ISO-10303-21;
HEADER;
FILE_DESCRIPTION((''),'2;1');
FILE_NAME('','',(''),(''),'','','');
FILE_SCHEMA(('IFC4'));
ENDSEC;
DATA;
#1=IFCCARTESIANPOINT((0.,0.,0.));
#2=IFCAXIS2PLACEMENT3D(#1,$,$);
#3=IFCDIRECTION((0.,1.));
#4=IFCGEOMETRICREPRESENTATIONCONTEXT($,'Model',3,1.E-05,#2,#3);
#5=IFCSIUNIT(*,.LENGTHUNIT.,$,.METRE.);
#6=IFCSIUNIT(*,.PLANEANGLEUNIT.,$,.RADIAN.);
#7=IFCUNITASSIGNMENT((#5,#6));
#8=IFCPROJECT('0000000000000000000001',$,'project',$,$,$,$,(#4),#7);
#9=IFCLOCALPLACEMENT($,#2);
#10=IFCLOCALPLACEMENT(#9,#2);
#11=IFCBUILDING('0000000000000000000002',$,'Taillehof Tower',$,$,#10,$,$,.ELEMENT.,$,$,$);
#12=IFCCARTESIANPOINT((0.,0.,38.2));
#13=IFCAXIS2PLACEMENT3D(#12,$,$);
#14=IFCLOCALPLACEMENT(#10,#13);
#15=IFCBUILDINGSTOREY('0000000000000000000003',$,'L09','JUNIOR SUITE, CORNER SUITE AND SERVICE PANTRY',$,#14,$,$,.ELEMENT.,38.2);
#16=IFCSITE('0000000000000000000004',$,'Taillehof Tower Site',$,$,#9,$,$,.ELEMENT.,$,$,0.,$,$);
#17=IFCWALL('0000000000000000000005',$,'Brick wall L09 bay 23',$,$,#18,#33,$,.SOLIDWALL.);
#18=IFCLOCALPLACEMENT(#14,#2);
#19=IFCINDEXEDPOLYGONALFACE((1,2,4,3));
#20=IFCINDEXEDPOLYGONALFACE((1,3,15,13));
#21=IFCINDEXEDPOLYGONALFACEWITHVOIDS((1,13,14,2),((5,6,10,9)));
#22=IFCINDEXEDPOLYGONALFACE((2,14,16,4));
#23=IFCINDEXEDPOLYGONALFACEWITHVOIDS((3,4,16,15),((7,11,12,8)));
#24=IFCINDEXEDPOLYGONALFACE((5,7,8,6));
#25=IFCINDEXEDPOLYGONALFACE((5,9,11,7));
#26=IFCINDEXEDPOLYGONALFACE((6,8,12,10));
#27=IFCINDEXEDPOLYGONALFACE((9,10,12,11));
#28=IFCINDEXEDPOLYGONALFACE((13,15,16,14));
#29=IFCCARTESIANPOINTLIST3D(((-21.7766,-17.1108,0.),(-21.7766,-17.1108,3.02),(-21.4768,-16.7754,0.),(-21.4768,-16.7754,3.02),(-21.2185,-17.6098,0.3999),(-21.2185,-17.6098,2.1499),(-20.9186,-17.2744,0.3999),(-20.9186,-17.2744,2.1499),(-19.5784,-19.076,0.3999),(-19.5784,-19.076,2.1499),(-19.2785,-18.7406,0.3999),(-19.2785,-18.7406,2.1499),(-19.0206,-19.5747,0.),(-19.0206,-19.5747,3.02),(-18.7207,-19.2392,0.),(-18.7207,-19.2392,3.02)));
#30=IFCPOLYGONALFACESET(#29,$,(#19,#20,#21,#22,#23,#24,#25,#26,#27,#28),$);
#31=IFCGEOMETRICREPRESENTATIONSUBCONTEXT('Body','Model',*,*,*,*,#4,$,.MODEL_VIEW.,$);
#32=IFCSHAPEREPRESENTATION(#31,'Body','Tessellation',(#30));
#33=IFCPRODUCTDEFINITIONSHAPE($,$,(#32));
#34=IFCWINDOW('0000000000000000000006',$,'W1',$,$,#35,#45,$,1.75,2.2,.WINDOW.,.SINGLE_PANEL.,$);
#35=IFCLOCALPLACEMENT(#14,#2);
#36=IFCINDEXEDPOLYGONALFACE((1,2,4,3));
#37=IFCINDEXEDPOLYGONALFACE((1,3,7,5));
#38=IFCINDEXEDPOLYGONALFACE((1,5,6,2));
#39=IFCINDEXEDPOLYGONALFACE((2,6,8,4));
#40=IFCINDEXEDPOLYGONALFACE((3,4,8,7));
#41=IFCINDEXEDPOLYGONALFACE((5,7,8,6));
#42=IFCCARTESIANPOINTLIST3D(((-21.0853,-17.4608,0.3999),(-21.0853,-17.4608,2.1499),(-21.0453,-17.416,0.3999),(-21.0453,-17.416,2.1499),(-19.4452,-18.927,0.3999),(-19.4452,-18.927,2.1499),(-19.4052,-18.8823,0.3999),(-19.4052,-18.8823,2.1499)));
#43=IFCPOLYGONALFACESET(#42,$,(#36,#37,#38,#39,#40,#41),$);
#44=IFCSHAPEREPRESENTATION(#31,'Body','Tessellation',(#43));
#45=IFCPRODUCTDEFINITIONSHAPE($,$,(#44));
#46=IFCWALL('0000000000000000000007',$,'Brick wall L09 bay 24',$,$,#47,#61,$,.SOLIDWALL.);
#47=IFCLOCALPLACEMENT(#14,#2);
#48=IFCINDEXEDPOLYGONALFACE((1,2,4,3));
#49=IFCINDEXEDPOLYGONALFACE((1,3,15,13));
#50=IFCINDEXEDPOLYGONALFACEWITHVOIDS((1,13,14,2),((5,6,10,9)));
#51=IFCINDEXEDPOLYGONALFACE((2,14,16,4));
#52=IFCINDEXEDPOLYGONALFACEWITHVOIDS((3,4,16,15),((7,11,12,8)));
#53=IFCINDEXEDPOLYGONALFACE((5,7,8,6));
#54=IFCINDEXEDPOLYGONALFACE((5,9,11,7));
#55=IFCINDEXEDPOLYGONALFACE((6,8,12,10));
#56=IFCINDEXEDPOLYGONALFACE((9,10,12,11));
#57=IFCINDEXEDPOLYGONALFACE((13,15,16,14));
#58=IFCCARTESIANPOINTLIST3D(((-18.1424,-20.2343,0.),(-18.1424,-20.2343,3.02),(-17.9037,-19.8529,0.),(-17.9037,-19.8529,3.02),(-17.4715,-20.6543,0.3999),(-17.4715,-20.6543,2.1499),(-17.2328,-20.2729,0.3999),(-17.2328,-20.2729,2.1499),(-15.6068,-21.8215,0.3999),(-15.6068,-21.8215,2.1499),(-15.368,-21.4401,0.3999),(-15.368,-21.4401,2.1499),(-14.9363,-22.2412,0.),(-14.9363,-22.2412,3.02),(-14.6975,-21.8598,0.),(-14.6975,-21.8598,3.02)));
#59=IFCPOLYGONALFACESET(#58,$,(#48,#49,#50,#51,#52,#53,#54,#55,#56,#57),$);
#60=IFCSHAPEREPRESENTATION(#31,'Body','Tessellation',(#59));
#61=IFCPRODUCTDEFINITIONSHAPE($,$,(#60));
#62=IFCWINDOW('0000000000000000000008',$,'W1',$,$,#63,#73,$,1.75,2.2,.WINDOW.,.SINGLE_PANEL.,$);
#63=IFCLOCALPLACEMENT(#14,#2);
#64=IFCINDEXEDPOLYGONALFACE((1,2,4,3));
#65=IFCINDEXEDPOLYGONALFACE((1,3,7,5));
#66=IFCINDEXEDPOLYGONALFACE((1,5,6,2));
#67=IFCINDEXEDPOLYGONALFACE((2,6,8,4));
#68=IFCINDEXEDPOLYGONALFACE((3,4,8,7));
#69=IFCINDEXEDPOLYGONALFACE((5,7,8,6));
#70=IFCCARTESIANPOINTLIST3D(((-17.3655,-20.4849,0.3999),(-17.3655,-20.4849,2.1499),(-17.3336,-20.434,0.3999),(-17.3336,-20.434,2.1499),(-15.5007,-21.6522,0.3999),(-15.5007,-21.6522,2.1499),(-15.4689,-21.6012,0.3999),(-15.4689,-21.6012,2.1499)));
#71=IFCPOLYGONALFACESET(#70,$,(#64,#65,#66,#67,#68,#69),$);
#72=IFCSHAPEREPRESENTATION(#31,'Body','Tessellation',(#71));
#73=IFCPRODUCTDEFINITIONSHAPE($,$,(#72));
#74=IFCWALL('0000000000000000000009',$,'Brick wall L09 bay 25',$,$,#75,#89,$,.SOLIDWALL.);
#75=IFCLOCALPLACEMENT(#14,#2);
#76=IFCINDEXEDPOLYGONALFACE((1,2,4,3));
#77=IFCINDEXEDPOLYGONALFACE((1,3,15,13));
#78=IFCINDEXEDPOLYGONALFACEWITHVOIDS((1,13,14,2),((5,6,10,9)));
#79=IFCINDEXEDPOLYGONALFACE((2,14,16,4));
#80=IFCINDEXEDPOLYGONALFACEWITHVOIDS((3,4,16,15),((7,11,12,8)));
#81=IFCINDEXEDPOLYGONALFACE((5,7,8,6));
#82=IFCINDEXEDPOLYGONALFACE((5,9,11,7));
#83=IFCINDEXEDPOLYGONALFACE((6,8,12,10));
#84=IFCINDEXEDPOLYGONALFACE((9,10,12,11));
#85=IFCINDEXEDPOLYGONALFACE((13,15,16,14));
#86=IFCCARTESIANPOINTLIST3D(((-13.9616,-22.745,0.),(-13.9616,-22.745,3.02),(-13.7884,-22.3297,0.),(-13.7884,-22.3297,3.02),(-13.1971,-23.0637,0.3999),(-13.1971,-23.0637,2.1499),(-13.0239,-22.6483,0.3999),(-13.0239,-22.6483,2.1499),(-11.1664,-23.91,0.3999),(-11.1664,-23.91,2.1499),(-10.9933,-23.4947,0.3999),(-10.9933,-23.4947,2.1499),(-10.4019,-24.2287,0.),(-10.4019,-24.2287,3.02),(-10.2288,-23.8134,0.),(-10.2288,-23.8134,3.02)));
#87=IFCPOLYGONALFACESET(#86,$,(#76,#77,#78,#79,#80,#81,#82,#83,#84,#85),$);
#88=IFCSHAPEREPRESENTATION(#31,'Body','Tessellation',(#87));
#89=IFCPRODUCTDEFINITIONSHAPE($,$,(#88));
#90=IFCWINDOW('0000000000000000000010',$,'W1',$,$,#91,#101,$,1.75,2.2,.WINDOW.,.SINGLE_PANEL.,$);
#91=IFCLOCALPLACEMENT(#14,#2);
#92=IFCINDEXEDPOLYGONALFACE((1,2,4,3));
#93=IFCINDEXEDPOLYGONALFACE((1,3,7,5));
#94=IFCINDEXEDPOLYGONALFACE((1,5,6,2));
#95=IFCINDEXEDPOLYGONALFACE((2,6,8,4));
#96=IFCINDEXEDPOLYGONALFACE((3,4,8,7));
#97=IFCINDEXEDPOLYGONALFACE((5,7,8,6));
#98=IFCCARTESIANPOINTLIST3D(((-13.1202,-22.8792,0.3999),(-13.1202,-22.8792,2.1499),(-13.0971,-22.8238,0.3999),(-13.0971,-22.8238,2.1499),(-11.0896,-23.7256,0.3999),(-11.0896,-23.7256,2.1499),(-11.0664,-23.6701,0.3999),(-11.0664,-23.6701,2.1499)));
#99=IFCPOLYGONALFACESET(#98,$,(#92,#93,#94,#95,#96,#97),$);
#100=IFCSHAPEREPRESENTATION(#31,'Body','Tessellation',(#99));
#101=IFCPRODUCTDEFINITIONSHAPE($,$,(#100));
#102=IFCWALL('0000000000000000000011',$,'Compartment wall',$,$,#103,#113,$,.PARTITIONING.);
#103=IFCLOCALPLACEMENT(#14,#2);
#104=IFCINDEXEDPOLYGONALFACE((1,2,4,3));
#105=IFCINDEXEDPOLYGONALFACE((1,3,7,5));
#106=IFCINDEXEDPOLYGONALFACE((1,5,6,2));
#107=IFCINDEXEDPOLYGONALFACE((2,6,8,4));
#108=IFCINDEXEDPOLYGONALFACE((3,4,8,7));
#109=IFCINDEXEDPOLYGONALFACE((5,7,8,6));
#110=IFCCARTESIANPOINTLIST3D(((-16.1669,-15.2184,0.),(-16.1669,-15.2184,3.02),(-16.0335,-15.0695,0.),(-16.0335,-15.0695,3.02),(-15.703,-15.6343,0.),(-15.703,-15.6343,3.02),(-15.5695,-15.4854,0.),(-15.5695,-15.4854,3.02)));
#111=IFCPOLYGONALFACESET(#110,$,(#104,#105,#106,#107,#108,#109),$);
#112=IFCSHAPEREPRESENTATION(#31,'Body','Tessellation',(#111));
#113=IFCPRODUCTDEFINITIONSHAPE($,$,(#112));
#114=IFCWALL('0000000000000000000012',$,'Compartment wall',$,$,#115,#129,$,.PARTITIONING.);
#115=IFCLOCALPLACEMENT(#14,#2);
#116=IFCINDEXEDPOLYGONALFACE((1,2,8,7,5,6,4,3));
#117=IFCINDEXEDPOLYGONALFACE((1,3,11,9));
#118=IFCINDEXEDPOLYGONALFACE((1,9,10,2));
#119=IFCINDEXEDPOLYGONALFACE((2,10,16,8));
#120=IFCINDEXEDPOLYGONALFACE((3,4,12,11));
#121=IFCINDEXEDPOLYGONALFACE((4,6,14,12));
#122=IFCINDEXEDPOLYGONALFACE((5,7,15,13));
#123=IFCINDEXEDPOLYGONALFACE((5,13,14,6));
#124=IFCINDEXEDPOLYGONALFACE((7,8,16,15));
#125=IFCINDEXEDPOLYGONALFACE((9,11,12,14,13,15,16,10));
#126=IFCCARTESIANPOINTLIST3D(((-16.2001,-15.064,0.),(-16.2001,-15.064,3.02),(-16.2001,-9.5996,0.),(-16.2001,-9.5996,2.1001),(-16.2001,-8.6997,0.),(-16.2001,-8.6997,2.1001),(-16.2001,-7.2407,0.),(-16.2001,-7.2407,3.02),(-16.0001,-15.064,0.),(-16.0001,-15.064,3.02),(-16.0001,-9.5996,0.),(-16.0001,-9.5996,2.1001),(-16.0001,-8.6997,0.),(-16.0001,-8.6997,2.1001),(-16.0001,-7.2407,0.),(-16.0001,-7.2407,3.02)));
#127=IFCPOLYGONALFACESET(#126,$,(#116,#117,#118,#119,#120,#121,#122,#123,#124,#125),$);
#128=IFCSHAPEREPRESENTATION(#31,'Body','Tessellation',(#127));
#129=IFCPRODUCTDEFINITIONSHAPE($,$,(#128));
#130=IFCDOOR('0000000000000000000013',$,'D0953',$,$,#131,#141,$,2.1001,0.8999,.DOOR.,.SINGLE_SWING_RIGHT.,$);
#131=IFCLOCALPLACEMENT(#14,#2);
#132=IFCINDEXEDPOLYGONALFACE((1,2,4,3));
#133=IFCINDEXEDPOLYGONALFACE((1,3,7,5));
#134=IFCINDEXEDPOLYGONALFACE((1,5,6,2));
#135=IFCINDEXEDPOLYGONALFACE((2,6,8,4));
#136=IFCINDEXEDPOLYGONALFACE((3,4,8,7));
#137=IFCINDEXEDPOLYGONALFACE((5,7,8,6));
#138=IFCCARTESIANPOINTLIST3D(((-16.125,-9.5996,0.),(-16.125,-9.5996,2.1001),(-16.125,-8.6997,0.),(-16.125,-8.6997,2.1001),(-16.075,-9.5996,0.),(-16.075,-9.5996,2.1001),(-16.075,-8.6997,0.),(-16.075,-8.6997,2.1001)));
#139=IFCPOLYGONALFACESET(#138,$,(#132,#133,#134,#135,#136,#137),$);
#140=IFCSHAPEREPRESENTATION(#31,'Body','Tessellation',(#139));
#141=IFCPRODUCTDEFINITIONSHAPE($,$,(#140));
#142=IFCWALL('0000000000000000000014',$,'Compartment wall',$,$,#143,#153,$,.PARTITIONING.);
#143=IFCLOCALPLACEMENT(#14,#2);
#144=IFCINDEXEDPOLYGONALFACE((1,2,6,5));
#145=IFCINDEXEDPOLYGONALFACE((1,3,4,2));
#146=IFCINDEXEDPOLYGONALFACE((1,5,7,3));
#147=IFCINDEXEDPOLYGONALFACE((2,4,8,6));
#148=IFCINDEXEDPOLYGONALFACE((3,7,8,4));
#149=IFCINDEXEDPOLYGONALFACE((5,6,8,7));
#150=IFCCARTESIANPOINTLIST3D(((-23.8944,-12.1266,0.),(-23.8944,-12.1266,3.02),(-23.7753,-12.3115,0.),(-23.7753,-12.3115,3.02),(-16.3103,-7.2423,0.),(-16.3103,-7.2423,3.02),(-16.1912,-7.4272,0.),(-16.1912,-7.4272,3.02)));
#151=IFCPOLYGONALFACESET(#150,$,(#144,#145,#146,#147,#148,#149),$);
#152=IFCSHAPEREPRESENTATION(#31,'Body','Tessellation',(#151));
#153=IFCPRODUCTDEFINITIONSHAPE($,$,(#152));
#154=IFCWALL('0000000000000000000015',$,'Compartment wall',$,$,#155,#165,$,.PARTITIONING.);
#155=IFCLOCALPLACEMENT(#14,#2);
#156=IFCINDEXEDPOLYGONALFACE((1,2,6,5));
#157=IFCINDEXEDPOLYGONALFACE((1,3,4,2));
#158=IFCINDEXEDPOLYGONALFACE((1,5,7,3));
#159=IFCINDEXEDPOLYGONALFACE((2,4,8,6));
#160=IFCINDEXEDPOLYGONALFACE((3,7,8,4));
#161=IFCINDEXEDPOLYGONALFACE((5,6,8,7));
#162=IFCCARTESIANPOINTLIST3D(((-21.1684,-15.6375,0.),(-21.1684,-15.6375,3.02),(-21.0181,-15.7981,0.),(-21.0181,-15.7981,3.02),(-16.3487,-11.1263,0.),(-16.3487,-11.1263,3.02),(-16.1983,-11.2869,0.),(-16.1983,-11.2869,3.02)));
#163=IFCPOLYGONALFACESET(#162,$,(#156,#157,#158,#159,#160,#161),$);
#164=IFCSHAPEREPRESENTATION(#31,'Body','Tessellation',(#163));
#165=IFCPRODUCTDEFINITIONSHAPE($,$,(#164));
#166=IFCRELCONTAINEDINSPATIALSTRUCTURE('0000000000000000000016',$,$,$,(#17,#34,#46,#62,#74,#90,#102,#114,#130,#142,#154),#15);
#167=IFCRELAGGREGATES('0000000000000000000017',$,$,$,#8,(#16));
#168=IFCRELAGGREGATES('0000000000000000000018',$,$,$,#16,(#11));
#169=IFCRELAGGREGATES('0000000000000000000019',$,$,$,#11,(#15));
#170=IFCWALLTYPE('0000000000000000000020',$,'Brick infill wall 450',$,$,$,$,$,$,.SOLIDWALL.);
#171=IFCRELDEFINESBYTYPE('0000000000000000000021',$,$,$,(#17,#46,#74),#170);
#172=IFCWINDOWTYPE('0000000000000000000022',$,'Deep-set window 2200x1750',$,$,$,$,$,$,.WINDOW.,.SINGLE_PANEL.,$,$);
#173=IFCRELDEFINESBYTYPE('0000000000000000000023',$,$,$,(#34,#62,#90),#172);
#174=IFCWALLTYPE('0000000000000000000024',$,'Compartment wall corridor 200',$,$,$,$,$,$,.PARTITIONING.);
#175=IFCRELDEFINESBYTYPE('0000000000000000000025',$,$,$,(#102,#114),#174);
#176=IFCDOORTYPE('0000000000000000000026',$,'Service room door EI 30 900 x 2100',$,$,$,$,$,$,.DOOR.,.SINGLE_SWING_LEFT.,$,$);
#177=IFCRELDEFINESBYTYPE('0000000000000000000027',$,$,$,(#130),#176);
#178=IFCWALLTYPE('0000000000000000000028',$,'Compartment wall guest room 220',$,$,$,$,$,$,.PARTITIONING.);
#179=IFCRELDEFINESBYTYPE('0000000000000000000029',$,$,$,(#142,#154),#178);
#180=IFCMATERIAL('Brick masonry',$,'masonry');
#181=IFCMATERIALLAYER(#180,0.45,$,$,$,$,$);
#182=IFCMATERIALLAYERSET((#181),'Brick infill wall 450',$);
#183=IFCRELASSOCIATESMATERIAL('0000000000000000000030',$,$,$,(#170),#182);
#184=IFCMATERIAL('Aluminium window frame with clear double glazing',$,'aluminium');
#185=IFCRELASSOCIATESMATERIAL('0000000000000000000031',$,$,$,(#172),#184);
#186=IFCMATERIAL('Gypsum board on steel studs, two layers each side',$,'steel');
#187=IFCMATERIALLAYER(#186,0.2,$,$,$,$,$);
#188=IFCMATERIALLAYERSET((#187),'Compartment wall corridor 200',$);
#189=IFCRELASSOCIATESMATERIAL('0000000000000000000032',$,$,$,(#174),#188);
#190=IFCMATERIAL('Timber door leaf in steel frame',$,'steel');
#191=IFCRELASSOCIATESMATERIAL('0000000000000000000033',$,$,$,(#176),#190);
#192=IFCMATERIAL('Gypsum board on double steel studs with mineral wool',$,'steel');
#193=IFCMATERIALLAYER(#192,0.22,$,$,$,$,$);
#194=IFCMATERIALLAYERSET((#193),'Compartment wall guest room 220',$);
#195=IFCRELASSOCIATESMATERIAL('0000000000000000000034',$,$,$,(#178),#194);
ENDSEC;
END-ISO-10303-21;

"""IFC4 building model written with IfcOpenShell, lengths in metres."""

from ifc_helpers import new_model, si_unit, direction, frame, frame_2d, origin, place, context, subcontext, project, spatial, rectangle, extrude, material, layer, layer_set, type_object, element, fill, save


model = new_model("IFC4")

# Units and contexts
model_context = context("Model", 3, precision=1e-05, world=origin(), true_north=direction((0.0, 1.0)))
body_context = subcontext(model_context, "Body", "Model", "MODEL_VIEW")
ifc_project = project(units=[si_unit("LENGTHUNIT", "METRE"), si_unit("PLANEANGLEUNIT", "RADIAN")], contexts=[model_context])

# Site, building, storey
site_placement = place(None, origin())
site = spatial("IfcSite", under=ifc_project, at=site_placement, Name="Taillehof Tower Site", CompositionType="ELEMENT", RefElevation=0.0)
building_placement = place(site_placement, origin())
building = spatial("IfcBuilding", under=site, at=building_placement, Name="Taillehof Tower", CompositionType="ELEMENT")
storey_placement = place(building_placement, frame((0.0, 0.0, 38.2)))
storey = spatial("IfcBuildingStorey", under=building, at=storey_placement, Name="L09", Description="JUNIOR SUITE, CORNER SUITE AND SERVICE PANTRY", CompositionType="ELEMENT", Elevation=38.2)

# Walls, openings, windows
ifc_material_1 = material(Name="Brick masonry", Category="masonry")
ifc_layer_1 = layer(ifc_material_1, 0.45)
ifc_layer_set_1 = layer_set([ifc_layer_1], Name="Brick infill wall 450")
wall_type_1 = type_object("IfcWallType", Name="Brick infill wall 450", PredefinedType="SOLIDWALL", material=ifc_layer_set_1)
ifc_material_2 = material(Name="Aluminium window frame with clear double glazing", Category="aluminium")
window_type = type_object("IfcWindowType", Name="Deep-set window 2200x1750", PartitioningType="SINGLE_PANEL", PredefinedType="WINDOW", material=ifc_material_2)
wall_1_placement = place(storey_placement, frame((-21.6267, -16.9431, 0.0), z_axis=(0.0, 0.0, 1.0), x_axis=(0.745526, -0.666476, 0.0)))
wall_1 = element("IfcWall", 1, at=wall_1_placement, inside=storey, type_object=wall_type_1, Name="Brick wall L09 bay 23", PredefinedType="SOLIDWALL", context=body_context, shape_type="SweptSolid", body=[
    extrude(rectangle(XDim=3.6968, YDim=0.45, at=frame_2d((1.8484, 0.0))), origin(), (0.0, 0.0, 1.0), 3.02),
])
opening_1_placement = place(wall_1_placement, frame((0.7485, 0.0, 0.3999)))
opening_1 = element("IfcOpeningElement", 2, at=opening_1_placement, cuts=wall_1, PredefinedType="OPENING", context=body_context, shape_type="SweptSolid", body=[
    extrude(rectangle(XDim=2.2, YDim=1.75, at=frame_2d((1.1001, 0.875))), frame((0.0, 0.2349, 0.0), z_axis=(0.0, -1.0, 0.0), x_axis=(1.0, 0.0, 0.0)), (0.0, 0.0, 1.0), 0.47),
])
window_1_placement = place(opening_1_placement, origin())
window_1 = element("IfcWindow", 3, at=window_1_placement, inside=storey, type_object=window_type, Name="W1", OverallHeight=1.75, OverallWidth=2.2, PartitioningType="SINGLE_PANEL", PredefinedType="WINDOW", context=body_context, shape_type="SweptSolid", body=[
    extrude(rectangle(XDim=2.2, YDim=1.75, at=frame_2d((1.1001, 0.875))), frame((0.0, 0.0349, 0.0), z_axis=(0.0, -1.0, 0.0), x_axis=(1.0, 0.0, 0.0)), (0.0, 0.0, 1.0), 0.0601),
])
fill(opening_1, window_1)
wall_2_placement = place(storey_placement, frame((-18.0229, -20.0437, 0.0), z_axis=(0.0, 0.0, 1.0), x_axis=(0.847635, -0.530579, 0.0)))
wall_2 = element("IfcWall", 4, at=wall_2_placement, inside=storey, type_object=wall_type_1, Name="Brick wall L09 bay 24", PredefinedType="SOLIDWALL", context=body_context, shape_type="SweptSolid", body=[
    extrude(rectangle(XDim=3.7825, YDim=0.45, at=frame_2d((1.8911, 0.0))), origin(), (0.0, 0.0, 1.0), 3.02),
])
opening_2_placement = place(wall_2_placement, frame((0.7913, 0.0, 0.3999)))
opening_2 = element("IfcOpeningElement", 5, at=opening_2_placement, cuts=wall_2, PredefinedType="OPENING", context=body_context, shape_type="SweptSolid", body=[
    extrude(rectangle(XDim=2.2, YDim=1.75, at=frame_2d((1.1001, 0.875))), frame((0.0, 0.2349, 0.0), z_axis=(0.0, -1.0, 0.0), x_axis=(1.0, 0.0, 0.0)), (0.0, 0.0, 1.0), 0.47),
])
window_2_placement = place(opening_2_placement, origin())
window_2 = element("IfcWindow", 6, at=window_2_placement, inside=storey, type_object=window_type, Name="W1", OverallHeight=1.75, OverallWidth=2.2, PartitioningType="SINGLE_PANEL", PredefinedType="WINDOW", context=body_context, shape_type="SweptSolid", body=[
    extrude(rectangle(XDim=2.2, YDim=1.75, at=frame_2d((1.1001, 0.875))), frame((0.0, 0.0349, 0.0), z_axis=(0.0, -1.0, 0.0), x_axis=(1.0, 0.0, 0.0)), (0.0, 0.0, 1.0), 0.0601),
])
fill(opening_2, window_2)
wall_3_placement = place(storey_placement, frame((-13.875, -22.5374, 0.0), z_axis=(0.0, 0.0, 1.0), x_axis=(0.923032, -0.384723, 0.0)))
wall_3 = element("IfcWall", 7, at=wall_3_placement, inside=storey, type_object=wall_type_1, Name="Brick wall L09 bay 25", PredefinedType="SOLIDWALL", context=body_context, shape_type="SweptSolid", body=[
    extrude(rectangle(XDim=3.8564, YDim=0.45, at=frame_2d((1.9282, 0.0))), origin(), (0.0, 0.0, 1.0), 3.02),
])
opening_3_placement = place(wall_3_placement, frame((0.8281, 0.0, 0.3999)))
opening_3 = element("IfcOpeningElement", 8, at=opening_3_placement, cuts=wall_3, PredefinedType="OPENING", context=body_context, shape_type="SweptSolid", body=[
    extrude(rectangle(XDim=2.2, YDim=1.75, at=frame_2d((1.1001, 0.875))), frame((0.0, 0.2349, 0.0), z_axis=(0.0, -1.0, 0.0), x_axis=(1.0, 0.0, 0.0)), (0.0, 0.0, 1.0), 0.47),
])
window_3_placement = place(opening_3_placement, origin())
window_3 = element("IfcWindow", 9, at=window_3_placement, inside=storey, type_object=window_type, Name="W1", OverallHeight=1.75, OverallWidth=2.2, PartitioningType="SINGLE_PANEL", PredefinedType="WINDOW", context=body_context, shape_type="SweptSolid", body=[
    extrude(rectangle(XDim=2.2, YDim=1.75, at=frame_2d((1.1001, 0.875))), frame((0.0, 0.0349, 0.0), z_axis=(0.0, -1.0, 0.0), x_axis=(1.0, 0.0, 0.0)), (0.0, 0.0, 1.0), 0.0601),
])
fill(opening_3, window_3)

# Wall
ifc_material_3 = material(Name="Gypsum board on steel studs, two layers each side", Category="steel")
ifc_layer_2 = layer(ifc_material_3, 0.2)
ifc_layer_set_2 = layer_set([ifc_layer_2], Name="Compartment wall corridor 200")
wall_type_2 = type_object("IfcWallType", Name="Compartment wall corridor 200", PredefinedType="PARTITIONING", material=ifc_layer_set_2)
wall_4_placement = place(storey_placement, frame((-15.6362, -15.5598, 0.0), z_axis=(0.0, 0.0, 1.0), x_axis=(-0.744657, 0.667448, 0.0)))
element("IfcWall", 10, at=wall_4_placement, inside=storey, type_object=wall_type_2, Name="Compartment wall", PredefinedType="PARTITIONING", context=body_context, shape_type="SweptSolid", body=[
    extrude(rectangle(XDim=0.623, YDim=0.2, at=frame_2d((0.3115, 0.0))), origin(), (0.0, 0.0, 1.0), 3.02),
])

# Wall, opening, door
wall_5_placement = place(storey_placement, frame((-16.1001, -15.064, 0.0), z_axis=(0.0, 0.0, 1.0), x_axis=(0.0, 1.0, 0.0)))
wall_5 = element("IfcWall", 11, at=wall_5_placement, inside=storey, type_object=wall_type_2, Name="Compartment wall", PredefinedType="PARTITIONING", context=body_context, shape_type="SweptSolid", body=[
    extrude(rectangle(XDim=7.8232, YDim=0.2, at=frame_2d((3.9116, 0.0))), origin(), (0.0, 0.0, 1.0), 3.02),
])
opening_4_placement = place(wall_5_placement, frame((5.4644, 0.0, 0.0)))
opening_4 = element("IfcOpeningElement", 12, at=opening_4_placement, cuts=wall_5, PredefinedType="OPENING", context=body_context, shape_type="SweptSolid", body=[
    extrude(rectangle(XDim=0.8999, YDim=2.1001, at=frame_2d((0.45, 1.05))), frame((0.0, 0.1099, 0.0), z_axis=(0.0, -1.0, 0.0), x_axis=(1.0, 0.0, 0.0)), (0.0, 0.0, 1.0), 0.22),
])
ifc_material_4 = material(Name="Timber door leaf in steel frame", Category="steel")
door_type = type_object("IfcDoorType", Name="Service room door EI 30 900 x 2100", OperationType="SINGLE_SWING_LEFT", PredefinedType="DOOR", material=ifc_material_4)
door_placement = place(opening_4_placement, origin())
door = element("IfcDoor", 13, at=door_placement, inside=storey, type_object=door_type, Name="D0953", OperationType="SINGLE_SWING_RIGHT", OverallHeight=2.1001, OverallWidth=0.8999, PredefinedType="DOOR", context=body_context, shape_type="SweptSolid", body=[
    extrude(rectangle(XDim=0.8999, YDim=2.1001, at=frame_2d((0.45, 1.05))), frame((0.0, 0.0249, 0.0), z_axis=(0.0, -1.0, 0.0), x_axis=(1.0, 0.0, 0.0)), (0.0, 0.0, 1.0), 0.05),
])
fill(opening_4, door)

# Walls
ifc_material_5 = material(Name="Gypsum board on double steel studs with mineral wool", Category="steel")
ifc_layer_3 = layer(ifc_material_5, 0.22)
ifc_layer_set_3 = layer_set([ifc_layer_3], Name="Compartment wall guest room 220")
wall_type_3 = type_object("IfcWallType", Name="Compartment wall guest room 220", PredefinedType="PARTITIONING", material=ifc_layer_set_3)
wall_6_placement = place(storey_placement, frame((-23.8347, -12.219, 0.0), z_axis=(0.0, 0.0, 1.0), x_axis=(0.840731, 0.541452, 0.0)))
element("IfcWall", 14, at=wall_6_placement, inside=storey, type_object=wall_type_3, Name="Compartment wall", PredefinedType="PARTITIONING", context=body_context, shape_type="SweptSolid", body=[
    extrude(rectangle(XDim=9.0208, YDim=0.22, at=frame_2d((4.5103, 0.0))), origin(), (0.0, 0.0, 1.0), 3.02),
])
wall_7_placement = place(storey_placement, frame((-21.0933, -15.7178, 0.0), z_axis=(0.0, 0.0, 1.0), x_axis=(0.730093, 0.683348, 0.0)))
element("IfcWall", 15, at=wall_7_placement, inside=storey, type_object=wall_type_3, Name="Compartment wall", PredefinedType="PARTITIONING", context=body_context, shape_type="SweptSolid", body=[
    extrude(rectangle(XDim=6.6016, YDim=0.22, at=frame_2d((3.3008, 0.0))), origin(), (0.0, 0.0, 1.0), 3.02),
])

save(model, "model.ifc")
